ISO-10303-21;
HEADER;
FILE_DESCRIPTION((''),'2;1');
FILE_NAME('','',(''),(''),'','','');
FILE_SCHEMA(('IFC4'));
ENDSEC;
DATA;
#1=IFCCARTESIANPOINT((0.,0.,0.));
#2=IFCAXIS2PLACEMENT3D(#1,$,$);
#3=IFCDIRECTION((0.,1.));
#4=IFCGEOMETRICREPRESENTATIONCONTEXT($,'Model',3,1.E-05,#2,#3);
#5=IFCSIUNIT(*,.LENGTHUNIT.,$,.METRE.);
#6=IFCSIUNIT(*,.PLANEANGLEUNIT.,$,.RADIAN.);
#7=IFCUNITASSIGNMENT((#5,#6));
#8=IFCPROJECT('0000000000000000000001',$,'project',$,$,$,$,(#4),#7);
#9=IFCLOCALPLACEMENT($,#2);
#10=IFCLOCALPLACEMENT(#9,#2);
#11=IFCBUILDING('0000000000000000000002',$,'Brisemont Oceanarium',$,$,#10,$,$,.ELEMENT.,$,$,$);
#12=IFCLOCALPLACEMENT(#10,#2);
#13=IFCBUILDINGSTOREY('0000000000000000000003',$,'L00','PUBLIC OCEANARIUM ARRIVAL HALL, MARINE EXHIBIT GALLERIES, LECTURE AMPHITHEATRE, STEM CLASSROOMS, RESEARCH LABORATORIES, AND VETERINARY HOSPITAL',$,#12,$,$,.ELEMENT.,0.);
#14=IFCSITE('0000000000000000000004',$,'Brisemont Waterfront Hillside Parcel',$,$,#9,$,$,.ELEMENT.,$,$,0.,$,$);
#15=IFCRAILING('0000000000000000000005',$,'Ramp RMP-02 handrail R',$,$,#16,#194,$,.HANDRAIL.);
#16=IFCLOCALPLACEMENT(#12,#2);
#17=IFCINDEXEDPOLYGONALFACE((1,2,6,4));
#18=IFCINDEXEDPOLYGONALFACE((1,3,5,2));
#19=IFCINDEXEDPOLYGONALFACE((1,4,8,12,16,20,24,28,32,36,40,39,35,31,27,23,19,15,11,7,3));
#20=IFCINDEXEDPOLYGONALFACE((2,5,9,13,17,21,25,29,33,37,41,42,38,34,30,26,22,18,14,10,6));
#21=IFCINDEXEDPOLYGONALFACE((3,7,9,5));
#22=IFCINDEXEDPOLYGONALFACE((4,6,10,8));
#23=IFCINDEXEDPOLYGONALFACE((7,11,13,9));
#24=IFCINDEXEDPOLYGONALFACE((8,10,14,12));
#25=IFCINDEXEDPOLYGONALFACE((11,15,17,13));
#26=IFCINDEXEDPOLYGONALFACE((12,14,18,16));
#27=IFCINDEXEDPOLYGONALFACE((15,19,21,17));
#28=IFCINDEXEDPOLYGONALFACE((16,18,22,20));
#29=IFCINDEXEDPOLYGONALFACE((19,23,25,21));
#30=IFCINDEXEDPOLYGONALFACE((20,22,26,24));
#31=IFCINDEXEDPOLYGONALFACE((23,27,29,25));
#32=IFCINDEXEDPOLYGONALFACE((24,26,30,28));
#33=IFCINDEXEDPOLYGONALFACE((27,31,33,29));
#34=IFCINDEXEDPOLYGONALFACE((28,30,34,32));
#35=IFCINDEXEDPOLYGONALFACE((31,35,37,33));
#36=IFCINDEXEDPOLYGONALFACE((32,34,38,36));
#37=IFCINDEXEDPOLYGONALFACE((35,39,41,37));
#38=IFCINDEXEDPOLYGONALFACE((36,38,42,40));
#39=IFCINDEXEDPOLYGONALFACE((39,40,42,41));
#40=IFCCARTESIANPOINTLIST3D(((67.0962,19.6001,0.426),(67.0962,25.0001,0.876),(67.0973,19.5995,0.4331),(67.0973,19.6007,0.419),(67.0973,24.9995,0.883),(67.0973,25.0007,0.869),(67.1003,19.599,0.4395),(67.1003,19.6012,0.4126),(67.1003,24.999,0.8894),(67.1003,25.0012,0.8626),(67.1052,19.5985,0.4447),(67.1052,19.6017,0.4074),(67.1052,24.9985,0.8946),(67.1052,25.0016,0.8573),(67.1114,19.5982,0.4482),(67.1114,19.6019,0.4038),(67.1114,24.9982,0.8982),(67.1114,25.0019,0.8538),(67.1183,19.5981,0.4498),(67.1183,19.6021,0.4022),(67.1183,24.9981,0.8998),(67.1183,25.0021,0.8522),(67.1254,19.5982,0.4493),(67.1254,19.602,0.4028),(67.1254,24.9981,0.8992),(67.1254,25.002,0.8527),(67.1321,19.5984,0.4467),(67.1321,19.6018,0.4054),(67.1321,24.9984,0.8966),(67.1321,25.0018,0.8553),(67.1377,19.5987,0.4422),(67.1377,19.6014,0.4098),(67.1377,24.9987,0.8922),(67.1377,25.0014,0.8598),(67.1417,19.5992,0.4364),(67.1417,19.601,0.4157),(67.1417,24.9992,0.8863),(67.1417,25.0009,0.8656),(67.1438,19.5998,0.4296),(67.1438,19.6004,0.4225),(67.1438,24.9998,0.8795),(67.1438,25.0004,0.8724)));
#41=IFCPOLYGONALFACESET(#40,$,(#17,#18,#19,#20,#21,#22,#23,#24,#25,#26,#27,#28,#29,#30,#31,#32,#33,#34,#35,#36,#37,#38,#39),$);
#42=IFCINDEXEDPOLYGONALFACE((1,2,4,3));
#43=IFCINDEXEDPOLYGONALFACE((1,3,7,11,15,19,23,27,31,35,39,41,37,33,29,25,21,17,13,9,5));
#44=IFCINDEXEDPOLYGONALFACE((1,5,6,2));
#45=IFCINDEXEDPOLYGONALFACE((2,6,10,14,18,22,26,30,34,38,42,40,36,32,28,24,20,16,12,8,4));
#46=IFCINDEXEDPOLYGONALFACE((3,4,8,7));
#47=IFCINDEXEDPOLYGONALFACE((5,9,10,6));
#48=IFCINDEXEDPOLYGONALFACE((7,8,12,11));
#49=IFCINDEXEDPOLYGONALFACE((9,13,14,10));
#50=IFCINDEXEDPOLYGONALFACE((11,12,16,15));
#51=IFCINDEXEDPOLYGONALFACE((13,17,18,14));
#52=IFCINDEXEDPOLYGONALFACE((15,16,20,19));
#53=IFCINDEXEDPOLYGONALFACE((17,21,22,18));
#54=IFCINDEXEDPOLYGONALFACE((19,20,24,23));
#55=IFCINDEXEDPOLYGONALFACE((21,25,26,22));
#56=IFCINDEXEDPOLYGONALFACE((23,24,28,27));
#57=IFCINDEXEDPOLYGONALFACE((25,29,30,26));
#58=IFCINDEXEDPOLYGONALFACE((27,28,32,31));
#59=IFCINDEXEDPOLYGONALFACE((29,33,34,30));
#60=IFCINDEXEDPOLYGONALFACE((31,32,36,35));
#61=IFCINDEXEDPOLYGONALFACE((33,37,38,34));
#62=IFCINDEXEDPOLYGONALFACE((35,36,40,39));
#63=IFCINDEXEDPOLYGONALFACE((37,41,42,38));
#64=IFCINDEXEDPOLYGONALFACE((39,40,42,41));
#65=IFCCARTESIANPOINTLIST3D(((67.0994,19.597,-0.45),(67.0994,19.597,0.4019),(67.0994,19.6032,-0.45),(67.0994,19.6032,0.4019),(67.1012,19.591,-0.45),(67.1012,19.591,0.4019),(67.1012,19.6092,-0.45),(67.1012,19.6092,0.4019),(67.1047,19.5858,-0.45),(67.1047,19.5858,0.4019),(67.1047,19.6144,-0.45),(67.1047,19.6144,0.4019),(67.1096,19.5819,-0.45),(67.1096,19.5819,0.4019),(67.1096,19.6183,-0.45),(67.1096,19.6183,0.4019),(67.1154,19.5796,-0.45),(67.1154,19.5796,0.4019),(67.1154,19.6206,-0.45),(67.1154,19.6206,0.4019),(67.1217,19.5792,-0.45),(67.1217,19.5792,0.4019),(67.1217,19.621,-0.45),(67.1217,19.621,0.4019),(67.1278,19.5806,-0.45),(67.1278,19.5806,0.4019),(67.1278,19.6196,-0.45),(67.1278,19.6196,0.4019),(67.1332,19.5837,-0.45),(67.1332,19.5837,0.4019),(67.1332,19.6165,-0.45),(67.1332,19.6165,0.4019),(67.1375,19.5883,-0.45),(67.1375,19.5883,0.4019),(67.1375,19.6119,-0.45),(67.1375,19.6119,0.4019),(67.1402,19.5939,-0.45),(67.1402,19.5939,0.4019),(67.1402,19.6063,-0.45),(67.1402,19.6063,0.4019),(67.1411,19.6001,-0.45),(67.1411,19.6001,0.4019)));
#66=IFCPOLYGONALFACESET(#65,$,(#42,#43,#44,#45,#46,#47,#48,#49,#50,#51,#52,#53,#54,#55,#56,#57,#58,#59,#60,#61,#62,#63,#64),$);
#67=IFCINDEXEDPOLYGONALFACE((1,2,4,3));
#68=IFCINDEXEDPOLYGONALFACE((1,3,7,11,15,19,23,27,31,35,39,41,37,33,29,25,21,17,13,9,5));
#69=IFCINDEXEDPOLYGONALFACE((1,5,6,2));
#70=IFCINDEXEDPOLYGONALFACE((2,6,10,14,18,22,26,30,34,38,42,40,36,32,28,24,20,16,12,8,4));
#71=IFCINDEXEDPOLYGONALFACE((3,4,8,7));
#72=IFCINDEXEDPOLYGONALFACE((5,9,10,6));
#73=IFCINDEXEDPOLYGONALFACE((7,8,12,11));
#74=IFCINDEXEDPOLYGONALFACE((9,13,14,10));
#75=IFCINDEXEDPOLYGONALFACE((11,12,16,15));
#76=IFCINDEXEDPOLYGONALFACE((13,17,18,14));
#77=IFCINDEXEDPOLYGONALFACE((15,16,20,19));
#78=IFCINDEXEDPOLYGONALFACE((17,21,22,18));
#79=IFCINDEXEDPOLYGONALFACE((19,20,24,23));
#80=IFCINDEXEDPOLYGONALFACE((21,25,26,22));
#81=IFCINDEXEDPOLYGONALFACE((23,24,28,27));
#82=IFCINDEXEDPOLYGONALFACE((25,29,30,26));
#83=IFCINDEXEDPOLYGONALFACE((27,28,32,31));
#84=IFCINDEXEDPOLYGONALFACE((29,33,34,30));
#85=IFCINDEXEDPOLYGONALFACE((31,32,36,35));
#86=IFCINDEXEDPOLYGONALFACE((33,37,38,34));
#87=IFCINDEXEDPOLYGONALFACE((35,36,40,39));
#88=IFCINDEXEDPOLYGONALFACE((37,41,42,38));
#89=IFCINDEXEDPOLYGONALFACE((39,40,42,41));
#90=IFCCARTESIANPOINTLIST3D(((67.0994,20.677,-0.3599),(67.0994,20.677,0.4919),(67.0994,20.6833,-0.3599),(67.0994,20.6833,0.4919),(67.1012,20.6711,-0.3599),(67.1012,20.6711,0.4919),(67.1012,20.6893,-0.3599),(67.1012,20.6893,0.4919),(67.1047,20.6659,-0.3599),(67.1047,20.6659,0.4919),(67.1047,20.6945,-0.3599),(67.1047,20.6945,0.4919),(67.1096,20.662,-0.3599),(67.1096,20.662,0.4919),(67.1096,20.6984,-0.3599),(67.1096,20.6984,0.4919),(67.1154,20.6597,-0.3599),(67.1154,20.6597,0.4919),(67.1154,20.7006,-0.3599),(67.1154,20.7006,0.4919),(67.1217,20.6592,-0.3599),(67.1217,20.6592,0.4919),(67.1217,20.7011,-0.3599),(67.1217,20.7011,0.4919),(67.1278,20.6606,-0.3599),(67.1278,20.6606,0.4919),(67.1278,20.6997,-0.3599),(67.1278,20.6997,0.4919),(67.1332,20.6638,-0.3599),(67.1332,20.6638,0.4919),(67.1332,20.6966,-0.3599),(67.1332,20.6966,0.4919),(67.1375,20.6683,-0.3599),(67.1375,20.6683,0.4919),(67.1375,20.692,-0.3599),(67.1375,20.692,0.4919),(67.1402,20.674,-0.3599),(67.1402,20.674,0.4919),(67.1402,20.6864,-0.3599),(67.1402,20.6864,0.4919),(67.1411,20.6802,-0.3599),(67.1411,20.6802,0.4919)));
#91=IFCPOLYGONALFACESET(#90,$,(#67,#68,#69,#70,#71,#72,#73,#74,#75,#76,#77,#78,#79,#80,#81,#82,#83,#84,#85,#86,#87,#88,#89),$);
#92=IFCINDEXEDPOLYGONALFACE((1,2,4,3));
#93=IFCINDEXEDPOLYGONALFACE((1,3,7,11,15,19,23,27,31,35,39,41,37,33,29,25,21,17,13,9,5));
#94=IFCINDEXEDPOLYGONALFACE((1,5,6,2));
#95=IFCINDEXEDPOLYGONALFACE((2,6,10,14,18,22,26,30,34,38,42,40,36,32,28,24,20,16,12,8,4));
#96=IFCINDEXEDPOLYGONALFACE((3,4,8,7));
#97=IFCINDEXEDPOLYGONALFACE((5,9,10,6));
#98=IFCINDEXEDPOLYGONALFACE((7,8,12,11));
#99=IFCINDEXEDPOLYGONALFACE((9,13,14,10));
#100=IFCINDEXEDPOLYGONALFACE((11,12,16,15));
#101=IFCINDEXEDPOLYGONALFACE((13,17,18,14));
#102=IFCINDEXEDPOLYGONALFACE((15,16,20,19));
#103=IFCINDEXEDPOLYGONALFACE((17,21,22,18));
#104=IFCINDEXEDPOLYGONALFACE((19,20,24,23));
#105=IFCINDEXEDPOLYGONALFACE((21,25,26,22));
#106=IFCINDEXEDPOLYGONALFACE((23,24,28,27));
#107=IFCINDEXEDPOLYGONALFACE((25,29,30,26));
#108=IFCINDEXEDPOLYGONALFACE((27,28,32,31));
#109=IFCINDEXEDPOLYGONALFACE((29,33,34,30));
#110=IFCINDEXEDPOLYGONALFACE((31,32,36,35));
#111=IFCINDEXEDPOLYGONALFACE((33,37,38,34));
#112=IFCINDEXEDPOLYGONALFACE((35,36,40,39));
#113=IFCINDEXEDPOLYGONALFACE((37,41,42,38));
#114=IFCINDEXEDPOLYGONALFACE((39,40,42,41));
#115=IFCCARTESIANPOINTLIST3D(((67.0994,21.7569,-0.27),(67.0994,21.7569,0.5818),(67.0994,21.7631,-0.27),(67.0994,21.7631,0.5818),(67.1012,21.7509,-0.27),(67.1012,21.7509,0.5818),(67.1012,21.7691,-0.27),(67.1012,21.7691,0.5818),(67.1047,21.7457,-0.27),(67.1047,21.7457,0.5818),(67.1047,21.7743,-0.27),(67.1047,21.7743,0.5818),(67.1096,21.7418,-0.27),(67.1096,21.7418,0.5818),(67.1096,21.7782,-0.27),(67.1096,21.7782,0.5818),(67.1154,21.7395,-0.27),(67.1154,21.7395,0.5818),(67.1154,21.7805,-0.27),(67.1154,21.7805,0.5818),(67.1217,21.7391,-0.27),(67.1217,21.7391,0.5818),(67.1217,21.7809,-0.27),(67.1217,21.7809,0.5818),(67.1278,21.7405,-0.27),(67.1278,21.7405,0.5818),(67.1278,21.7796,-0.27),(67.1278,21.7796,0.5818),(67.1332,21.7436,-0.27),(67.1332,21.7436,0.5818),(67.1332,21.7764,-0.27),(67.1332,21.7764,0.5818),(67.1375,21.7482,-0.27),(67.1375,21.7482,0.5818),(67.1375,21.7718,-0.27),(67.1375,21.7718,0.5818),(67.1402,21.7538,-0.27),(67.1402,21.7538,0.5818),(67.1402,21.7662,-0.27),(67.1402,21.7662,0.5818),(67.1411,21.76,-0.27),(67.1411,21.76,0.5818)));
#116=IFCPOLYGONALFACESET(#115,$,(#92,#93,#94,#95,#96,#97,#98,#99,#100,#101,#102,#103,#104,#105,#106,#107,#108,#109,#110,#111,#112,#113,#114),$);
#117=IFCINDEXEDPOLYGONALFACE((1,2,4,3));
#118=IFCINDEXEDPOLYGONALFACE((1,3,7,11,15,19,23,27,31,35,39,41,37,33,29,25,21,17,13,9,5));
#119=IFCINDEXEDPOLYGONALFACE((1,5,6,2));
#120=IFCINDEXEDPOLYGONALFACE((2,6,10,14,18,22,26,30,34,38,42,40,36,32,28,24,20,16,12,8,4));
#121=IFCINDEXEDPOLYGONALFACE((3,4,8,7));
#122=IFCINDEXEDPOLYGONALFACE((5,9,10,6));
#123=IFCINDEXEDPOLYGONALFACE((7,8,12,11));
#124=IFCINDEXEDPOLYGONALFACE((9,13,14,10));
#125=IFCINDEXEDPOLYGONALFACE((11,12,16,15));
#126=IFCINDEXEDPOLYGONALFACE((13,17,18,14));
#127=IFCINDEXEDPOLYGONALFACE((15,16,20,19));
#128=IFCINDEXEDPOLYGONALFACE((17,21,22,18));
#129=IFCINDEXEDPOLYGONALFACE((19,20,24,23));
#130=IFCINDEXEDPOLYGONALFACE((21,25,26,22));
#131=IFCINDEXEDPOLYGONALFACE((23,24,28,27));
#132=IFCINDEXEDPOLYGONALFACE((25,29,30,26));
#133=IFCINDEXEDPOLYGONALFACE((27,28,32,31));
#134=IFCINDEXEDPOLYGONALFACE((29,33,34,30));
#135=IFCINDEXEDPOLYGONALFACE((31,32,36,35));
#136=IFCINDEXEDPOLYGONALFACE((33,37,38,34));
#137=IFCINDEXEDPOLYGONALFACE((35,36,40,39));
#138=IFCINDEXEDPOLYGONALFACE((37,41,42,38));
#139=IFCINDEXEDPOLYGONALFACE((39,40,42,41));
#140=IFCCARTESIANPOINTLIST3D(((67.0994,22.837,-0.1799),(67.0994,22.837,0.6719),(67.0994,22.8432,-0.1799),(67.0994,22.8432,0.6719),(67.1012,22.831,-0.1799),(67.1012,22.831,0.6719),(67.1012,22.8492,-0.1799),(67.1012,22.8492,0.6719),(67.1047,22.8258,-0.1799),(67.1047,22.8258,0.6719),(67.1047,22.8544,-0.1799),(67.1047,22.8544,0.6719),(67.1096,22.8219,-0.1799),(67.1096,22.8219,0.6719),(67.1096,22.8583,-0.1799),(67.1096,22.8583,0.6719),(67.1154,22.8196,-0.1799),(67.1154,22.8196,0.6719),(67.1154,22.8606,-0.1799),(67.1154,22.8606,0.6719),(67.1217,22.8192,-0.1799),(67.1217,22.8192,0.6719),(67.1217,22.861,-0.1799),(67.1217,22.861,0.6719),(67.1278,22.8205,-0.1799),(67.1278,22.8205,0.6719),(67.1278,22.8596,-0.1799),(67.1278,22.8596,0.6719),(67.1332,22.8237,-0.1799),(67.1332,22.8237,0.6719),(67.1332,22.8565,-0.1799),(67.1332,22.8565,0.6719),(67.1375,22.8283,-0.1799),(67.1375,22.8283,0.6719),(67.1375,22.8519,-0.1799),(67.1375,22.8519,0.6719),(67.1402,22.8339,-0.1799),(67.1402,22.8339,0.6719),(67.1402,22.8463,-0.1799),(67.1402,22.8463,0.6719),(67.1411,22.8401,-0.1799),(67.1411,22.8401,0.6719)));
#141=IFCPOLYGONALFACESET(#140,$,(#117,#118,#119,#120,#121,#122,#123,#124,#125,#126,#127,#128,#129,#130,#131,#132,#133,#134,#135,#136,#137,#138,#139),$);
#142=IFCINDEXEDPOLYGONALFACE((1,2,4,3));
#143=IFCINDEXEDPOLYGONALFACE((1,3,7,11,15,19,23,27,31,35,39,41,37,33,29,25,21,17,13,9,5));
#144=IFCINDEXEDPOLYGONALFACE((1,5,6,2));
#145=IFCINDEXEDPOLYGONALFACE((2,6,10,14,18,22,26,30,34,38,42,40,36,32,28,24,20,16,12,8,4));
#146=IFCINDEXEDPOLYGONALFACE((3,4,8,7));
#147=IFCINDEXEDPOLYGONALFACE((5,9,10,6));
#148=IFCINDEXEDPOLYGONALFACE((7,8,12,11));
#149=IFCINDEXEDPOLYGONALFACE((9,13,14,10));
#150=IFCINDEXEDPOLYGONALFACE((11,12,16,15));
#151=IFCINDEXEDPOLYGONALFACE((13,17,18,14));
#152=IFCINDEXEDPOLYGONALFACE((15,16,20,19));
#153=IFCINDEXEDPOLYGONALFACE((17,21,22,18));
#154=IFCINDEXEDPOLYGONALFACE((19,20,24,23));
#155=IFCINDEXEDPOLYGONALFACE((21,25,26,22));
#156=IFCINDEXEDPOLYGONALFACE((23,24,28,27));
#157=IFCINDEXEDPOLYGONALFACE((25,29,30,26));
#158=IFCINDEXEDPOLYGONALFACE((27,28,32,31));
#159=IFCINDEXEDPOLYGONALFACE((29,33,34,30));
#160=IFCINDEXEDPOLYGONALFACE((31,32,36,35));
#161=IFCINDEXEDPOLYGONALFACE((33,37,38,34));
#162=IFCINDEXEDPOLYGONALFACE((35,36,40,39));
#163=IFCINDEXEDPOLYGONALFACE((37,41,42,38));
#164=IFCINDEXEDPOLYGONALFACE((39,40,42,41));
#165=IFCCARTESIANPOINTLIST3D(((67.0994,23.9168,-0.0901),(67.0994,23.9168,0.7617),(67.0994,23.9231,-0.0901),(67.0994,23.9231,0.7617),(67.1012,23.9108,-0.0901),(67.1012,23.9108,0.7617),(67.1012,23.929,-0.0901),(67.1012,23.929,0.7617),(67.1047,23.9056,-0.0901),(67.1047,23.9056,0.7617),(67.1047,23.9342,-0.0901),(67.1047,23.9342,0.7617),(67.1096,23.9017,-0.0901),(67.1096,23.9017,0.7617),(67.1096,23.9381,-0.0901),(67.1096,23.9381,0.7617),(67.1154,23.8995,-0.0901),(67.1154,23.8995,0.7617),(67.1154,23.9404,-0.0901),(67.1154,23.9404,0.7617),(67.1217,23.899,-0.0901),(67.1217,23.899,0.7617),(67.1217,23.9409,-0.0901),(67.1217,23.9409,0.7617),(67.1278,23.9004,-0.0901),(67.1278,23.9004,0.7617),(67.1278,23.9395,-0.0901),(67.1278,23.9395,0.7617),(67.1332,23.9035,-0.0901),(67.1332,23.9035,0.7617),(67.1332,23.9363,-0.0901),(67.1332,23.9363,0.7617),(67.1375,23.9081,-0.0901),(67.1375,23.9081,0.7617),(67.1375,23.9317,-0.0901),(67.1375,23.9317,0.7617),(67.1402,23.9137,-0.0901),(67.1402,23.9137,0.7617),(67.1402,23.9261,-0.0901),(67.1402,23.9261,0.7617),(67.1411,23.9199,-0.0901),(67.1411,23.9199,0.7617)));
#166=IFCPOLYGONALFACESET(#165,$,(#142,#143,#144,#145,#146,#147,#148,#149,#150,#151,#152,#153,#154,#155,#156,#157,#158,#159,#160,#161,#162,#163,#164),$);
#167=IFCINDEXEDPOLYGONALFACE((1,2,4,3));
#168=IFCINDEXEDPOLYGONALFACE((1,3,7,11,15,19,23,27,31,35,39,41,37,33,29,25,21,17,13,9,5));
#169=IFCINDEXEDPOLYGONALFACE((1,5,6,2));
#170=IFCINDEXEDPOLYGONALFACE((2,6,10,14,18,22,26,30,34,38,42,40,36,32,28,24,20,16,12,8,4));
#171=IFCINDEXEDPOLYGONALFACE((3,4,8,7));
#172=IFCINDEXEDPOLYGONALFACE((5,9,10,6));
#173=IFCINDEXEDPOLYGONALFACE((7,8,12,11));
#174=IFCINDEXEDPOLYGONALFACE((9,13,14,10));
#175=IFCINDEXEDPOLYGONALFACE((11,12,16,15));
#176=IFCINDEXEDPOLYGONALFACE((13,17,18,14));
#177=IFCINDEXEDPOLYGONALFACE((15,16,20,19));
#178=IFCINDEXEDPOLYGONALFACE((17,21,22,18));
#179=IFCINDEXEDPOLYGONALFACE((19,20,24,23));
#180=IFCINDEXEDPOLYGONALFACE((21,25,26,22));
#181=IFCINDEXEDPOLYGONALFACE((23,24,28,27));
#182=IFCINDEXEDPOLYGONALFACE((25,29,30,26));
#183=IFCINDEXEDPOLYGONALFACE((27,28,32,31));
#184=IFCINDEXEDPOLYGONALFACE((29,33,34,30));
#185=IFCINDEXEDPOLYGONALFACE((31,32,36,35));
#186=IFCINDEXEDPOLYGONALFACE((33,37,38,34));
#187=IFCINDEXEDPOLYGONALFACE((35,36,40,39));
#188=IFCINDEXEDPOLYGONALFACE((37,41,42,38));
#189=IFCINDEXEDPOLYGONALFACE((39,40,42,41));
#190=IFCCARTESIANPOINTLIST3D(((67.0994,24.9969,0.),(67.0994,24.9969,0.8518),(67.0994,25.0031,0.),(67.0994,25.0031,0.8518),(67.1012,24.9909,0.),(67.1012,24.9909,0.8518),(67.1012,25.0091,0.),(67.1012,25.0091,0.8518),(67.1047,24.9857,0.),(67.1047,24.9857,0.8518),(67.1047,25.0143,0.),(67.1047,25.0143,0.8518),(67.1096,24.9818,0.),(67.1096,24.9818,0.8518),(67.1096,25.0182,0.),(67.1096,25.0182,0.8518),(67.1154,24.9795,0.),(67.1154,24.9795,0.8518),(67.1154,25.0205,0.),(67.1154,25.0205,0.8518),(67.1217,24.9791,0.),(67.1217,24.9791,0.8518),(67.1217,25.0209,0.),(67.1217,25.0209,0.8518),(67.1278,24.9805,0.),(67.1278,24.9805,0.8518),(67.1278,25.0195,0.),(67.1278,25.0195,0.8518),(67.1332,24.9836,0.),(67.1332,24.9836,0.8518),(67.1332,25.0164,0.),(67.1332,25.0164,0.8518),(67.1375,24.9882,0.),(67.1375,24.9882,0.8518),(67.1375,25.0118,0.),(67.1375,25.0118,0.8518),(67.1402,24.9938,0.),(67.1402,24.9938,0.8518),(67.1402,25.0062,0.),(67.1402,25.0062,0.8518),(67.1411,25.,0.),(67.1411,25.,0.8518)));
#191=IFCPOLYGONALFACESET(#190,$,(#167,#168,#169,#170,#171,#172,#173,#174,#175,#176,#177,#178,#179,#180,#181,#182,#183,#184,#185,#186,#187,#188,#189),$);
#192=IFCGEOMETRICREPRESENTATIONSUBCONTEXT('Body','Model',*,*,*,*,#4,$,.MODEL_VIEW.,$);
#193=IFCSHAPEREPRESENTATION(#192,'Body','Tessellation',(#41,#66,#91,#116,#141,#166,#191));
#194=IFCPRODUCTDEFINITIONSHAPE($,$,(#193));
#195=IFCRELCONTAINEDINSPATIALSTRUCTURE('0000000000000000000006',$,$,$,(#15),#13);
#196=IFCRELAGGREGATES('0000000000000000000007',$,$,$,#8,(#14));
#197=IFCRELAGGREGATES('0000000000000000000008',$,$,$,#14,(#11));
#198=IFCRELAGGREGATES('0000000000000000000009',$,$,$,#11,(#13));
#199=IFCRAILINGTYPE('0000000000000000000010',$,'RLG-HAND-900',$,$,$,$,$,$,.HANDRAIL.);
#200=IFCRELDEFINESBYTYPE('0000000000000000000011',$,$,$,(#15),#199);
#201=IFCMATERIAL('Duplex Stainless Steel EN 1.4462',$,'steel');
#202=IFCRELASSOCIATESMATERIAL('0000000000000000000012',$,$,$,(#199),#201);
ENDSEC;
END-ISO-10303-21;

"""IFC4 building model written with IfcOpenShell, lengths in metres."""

from ifc_helpers import new_model, si_unit, direction, frame, origin, origin_2d, place, context, subcontext, project, spatial, circle, extrude, material, type_object, element, save


model = new_model("IFC4")

# Units and contexts
model_context = context("Model", 3, precision=1e-05, world=origin(), true_north=direction((0.0, 1.0)))
body_context = subcontext(model_context, "Body", "Model", "MODEL_VIEW")
ifc_project = project(units=[si_unit("LENGTHUNIT", "METRE"), si_unit("PLANEANGLEUNIT", "RADIAN")], contexts=[model_context])

# Site, building, storey
site_placement = place(None, origin())
site = spatial("IfcSite", under=ifc_project, at=site_placement, Name="Brisemont Waterfront Hillside Parcel", CompositionType="ELEMENT", RefElevation=0.0)
building_placement = place(site_placement, origin())
building = spatial("IfcBuilding", under=site, at=building_placement, Name="Brisemont Oceanarium", CompositionType="ELEMENT")
storey_placement = place(building_placement, origin())
storey = spatial("IfcBuildingStorey", under=building, at=storey_placement, Name="L00", Description="PUBLIC OCEANARIUM ARRIVAL HALL, MARINE EXHIBIT GALLERIES, LECTURE AMPHITHEATRE, STEM CLASSROOMS, RESEARCH LABORATORIES, AND VETERINARY HOSPITAL", CompositionType="ELEMENT", Elevation=0.0)

# Railing
ifc_material_1 = material(Name="Duplex Stainless Steel EN 1.4462", Category="steel")
railing_type = type_object("IfcRailingType", Name="RLG-HAND-900", PredefinedType="HANDRAIL", material=ifc_material_1)
for number, where, name in (
    (1, (67.1201, 19.6001, -0.45), "Ramp RMP-02 handrail R"),
):
    element("IfcRailing", number, at=place(storey_placement, frame(where)), inside=storey, type_object=railing_type, Name=name, PredefinedType="HANDRAIL", context=body_context, shape_type="SweptSolid", body=[
        extrude(circle(Radius=0.0239, at=origin_2d()), frame((0.0, 0.0, 0.876), z_axis=(0.0, 0.996546, 0.083038), x_axis=(-1.0, 0.0, 0.0)), (0.0, 0.0, 1.0), 5.4187),
        extrude(circle(Radius=0.021, at=origin_2d()), origin(), (0.0, 0.0, 1.0), 0.8518),
        extrude(circle(Radius=0.021, at=origin_2d()), frame((0.0, 1.0801, 0.0901)), (0.0, 0.0, 1.0), 0.8518),
        extrude(circle(Radius=0.021, at=origin_2d()), frame((0.0, 2.1599, 0.1799)), (0.0, 0.0, 1.0), 0.8518),
        extrude(circle(Radius=0.021, at=origin_2d()), frame((0.0, 3.24, 0.27)), (0.0, 0.0, 1.0), 0.8518),
        extrude(circle(Radius=0.021, at=origin_2d()), frame((0.0, 4.3198, 0.3599)), (0.0, 0.0, 1.0), 0.8518),
        extrude(circle(Radius=0.021, at=origin_2d()), frame((0.0, 5.3999, 0.45)), (0.0, 0.0, 1.0), 0.8518),
    ])

save(model, "model.ifc")
